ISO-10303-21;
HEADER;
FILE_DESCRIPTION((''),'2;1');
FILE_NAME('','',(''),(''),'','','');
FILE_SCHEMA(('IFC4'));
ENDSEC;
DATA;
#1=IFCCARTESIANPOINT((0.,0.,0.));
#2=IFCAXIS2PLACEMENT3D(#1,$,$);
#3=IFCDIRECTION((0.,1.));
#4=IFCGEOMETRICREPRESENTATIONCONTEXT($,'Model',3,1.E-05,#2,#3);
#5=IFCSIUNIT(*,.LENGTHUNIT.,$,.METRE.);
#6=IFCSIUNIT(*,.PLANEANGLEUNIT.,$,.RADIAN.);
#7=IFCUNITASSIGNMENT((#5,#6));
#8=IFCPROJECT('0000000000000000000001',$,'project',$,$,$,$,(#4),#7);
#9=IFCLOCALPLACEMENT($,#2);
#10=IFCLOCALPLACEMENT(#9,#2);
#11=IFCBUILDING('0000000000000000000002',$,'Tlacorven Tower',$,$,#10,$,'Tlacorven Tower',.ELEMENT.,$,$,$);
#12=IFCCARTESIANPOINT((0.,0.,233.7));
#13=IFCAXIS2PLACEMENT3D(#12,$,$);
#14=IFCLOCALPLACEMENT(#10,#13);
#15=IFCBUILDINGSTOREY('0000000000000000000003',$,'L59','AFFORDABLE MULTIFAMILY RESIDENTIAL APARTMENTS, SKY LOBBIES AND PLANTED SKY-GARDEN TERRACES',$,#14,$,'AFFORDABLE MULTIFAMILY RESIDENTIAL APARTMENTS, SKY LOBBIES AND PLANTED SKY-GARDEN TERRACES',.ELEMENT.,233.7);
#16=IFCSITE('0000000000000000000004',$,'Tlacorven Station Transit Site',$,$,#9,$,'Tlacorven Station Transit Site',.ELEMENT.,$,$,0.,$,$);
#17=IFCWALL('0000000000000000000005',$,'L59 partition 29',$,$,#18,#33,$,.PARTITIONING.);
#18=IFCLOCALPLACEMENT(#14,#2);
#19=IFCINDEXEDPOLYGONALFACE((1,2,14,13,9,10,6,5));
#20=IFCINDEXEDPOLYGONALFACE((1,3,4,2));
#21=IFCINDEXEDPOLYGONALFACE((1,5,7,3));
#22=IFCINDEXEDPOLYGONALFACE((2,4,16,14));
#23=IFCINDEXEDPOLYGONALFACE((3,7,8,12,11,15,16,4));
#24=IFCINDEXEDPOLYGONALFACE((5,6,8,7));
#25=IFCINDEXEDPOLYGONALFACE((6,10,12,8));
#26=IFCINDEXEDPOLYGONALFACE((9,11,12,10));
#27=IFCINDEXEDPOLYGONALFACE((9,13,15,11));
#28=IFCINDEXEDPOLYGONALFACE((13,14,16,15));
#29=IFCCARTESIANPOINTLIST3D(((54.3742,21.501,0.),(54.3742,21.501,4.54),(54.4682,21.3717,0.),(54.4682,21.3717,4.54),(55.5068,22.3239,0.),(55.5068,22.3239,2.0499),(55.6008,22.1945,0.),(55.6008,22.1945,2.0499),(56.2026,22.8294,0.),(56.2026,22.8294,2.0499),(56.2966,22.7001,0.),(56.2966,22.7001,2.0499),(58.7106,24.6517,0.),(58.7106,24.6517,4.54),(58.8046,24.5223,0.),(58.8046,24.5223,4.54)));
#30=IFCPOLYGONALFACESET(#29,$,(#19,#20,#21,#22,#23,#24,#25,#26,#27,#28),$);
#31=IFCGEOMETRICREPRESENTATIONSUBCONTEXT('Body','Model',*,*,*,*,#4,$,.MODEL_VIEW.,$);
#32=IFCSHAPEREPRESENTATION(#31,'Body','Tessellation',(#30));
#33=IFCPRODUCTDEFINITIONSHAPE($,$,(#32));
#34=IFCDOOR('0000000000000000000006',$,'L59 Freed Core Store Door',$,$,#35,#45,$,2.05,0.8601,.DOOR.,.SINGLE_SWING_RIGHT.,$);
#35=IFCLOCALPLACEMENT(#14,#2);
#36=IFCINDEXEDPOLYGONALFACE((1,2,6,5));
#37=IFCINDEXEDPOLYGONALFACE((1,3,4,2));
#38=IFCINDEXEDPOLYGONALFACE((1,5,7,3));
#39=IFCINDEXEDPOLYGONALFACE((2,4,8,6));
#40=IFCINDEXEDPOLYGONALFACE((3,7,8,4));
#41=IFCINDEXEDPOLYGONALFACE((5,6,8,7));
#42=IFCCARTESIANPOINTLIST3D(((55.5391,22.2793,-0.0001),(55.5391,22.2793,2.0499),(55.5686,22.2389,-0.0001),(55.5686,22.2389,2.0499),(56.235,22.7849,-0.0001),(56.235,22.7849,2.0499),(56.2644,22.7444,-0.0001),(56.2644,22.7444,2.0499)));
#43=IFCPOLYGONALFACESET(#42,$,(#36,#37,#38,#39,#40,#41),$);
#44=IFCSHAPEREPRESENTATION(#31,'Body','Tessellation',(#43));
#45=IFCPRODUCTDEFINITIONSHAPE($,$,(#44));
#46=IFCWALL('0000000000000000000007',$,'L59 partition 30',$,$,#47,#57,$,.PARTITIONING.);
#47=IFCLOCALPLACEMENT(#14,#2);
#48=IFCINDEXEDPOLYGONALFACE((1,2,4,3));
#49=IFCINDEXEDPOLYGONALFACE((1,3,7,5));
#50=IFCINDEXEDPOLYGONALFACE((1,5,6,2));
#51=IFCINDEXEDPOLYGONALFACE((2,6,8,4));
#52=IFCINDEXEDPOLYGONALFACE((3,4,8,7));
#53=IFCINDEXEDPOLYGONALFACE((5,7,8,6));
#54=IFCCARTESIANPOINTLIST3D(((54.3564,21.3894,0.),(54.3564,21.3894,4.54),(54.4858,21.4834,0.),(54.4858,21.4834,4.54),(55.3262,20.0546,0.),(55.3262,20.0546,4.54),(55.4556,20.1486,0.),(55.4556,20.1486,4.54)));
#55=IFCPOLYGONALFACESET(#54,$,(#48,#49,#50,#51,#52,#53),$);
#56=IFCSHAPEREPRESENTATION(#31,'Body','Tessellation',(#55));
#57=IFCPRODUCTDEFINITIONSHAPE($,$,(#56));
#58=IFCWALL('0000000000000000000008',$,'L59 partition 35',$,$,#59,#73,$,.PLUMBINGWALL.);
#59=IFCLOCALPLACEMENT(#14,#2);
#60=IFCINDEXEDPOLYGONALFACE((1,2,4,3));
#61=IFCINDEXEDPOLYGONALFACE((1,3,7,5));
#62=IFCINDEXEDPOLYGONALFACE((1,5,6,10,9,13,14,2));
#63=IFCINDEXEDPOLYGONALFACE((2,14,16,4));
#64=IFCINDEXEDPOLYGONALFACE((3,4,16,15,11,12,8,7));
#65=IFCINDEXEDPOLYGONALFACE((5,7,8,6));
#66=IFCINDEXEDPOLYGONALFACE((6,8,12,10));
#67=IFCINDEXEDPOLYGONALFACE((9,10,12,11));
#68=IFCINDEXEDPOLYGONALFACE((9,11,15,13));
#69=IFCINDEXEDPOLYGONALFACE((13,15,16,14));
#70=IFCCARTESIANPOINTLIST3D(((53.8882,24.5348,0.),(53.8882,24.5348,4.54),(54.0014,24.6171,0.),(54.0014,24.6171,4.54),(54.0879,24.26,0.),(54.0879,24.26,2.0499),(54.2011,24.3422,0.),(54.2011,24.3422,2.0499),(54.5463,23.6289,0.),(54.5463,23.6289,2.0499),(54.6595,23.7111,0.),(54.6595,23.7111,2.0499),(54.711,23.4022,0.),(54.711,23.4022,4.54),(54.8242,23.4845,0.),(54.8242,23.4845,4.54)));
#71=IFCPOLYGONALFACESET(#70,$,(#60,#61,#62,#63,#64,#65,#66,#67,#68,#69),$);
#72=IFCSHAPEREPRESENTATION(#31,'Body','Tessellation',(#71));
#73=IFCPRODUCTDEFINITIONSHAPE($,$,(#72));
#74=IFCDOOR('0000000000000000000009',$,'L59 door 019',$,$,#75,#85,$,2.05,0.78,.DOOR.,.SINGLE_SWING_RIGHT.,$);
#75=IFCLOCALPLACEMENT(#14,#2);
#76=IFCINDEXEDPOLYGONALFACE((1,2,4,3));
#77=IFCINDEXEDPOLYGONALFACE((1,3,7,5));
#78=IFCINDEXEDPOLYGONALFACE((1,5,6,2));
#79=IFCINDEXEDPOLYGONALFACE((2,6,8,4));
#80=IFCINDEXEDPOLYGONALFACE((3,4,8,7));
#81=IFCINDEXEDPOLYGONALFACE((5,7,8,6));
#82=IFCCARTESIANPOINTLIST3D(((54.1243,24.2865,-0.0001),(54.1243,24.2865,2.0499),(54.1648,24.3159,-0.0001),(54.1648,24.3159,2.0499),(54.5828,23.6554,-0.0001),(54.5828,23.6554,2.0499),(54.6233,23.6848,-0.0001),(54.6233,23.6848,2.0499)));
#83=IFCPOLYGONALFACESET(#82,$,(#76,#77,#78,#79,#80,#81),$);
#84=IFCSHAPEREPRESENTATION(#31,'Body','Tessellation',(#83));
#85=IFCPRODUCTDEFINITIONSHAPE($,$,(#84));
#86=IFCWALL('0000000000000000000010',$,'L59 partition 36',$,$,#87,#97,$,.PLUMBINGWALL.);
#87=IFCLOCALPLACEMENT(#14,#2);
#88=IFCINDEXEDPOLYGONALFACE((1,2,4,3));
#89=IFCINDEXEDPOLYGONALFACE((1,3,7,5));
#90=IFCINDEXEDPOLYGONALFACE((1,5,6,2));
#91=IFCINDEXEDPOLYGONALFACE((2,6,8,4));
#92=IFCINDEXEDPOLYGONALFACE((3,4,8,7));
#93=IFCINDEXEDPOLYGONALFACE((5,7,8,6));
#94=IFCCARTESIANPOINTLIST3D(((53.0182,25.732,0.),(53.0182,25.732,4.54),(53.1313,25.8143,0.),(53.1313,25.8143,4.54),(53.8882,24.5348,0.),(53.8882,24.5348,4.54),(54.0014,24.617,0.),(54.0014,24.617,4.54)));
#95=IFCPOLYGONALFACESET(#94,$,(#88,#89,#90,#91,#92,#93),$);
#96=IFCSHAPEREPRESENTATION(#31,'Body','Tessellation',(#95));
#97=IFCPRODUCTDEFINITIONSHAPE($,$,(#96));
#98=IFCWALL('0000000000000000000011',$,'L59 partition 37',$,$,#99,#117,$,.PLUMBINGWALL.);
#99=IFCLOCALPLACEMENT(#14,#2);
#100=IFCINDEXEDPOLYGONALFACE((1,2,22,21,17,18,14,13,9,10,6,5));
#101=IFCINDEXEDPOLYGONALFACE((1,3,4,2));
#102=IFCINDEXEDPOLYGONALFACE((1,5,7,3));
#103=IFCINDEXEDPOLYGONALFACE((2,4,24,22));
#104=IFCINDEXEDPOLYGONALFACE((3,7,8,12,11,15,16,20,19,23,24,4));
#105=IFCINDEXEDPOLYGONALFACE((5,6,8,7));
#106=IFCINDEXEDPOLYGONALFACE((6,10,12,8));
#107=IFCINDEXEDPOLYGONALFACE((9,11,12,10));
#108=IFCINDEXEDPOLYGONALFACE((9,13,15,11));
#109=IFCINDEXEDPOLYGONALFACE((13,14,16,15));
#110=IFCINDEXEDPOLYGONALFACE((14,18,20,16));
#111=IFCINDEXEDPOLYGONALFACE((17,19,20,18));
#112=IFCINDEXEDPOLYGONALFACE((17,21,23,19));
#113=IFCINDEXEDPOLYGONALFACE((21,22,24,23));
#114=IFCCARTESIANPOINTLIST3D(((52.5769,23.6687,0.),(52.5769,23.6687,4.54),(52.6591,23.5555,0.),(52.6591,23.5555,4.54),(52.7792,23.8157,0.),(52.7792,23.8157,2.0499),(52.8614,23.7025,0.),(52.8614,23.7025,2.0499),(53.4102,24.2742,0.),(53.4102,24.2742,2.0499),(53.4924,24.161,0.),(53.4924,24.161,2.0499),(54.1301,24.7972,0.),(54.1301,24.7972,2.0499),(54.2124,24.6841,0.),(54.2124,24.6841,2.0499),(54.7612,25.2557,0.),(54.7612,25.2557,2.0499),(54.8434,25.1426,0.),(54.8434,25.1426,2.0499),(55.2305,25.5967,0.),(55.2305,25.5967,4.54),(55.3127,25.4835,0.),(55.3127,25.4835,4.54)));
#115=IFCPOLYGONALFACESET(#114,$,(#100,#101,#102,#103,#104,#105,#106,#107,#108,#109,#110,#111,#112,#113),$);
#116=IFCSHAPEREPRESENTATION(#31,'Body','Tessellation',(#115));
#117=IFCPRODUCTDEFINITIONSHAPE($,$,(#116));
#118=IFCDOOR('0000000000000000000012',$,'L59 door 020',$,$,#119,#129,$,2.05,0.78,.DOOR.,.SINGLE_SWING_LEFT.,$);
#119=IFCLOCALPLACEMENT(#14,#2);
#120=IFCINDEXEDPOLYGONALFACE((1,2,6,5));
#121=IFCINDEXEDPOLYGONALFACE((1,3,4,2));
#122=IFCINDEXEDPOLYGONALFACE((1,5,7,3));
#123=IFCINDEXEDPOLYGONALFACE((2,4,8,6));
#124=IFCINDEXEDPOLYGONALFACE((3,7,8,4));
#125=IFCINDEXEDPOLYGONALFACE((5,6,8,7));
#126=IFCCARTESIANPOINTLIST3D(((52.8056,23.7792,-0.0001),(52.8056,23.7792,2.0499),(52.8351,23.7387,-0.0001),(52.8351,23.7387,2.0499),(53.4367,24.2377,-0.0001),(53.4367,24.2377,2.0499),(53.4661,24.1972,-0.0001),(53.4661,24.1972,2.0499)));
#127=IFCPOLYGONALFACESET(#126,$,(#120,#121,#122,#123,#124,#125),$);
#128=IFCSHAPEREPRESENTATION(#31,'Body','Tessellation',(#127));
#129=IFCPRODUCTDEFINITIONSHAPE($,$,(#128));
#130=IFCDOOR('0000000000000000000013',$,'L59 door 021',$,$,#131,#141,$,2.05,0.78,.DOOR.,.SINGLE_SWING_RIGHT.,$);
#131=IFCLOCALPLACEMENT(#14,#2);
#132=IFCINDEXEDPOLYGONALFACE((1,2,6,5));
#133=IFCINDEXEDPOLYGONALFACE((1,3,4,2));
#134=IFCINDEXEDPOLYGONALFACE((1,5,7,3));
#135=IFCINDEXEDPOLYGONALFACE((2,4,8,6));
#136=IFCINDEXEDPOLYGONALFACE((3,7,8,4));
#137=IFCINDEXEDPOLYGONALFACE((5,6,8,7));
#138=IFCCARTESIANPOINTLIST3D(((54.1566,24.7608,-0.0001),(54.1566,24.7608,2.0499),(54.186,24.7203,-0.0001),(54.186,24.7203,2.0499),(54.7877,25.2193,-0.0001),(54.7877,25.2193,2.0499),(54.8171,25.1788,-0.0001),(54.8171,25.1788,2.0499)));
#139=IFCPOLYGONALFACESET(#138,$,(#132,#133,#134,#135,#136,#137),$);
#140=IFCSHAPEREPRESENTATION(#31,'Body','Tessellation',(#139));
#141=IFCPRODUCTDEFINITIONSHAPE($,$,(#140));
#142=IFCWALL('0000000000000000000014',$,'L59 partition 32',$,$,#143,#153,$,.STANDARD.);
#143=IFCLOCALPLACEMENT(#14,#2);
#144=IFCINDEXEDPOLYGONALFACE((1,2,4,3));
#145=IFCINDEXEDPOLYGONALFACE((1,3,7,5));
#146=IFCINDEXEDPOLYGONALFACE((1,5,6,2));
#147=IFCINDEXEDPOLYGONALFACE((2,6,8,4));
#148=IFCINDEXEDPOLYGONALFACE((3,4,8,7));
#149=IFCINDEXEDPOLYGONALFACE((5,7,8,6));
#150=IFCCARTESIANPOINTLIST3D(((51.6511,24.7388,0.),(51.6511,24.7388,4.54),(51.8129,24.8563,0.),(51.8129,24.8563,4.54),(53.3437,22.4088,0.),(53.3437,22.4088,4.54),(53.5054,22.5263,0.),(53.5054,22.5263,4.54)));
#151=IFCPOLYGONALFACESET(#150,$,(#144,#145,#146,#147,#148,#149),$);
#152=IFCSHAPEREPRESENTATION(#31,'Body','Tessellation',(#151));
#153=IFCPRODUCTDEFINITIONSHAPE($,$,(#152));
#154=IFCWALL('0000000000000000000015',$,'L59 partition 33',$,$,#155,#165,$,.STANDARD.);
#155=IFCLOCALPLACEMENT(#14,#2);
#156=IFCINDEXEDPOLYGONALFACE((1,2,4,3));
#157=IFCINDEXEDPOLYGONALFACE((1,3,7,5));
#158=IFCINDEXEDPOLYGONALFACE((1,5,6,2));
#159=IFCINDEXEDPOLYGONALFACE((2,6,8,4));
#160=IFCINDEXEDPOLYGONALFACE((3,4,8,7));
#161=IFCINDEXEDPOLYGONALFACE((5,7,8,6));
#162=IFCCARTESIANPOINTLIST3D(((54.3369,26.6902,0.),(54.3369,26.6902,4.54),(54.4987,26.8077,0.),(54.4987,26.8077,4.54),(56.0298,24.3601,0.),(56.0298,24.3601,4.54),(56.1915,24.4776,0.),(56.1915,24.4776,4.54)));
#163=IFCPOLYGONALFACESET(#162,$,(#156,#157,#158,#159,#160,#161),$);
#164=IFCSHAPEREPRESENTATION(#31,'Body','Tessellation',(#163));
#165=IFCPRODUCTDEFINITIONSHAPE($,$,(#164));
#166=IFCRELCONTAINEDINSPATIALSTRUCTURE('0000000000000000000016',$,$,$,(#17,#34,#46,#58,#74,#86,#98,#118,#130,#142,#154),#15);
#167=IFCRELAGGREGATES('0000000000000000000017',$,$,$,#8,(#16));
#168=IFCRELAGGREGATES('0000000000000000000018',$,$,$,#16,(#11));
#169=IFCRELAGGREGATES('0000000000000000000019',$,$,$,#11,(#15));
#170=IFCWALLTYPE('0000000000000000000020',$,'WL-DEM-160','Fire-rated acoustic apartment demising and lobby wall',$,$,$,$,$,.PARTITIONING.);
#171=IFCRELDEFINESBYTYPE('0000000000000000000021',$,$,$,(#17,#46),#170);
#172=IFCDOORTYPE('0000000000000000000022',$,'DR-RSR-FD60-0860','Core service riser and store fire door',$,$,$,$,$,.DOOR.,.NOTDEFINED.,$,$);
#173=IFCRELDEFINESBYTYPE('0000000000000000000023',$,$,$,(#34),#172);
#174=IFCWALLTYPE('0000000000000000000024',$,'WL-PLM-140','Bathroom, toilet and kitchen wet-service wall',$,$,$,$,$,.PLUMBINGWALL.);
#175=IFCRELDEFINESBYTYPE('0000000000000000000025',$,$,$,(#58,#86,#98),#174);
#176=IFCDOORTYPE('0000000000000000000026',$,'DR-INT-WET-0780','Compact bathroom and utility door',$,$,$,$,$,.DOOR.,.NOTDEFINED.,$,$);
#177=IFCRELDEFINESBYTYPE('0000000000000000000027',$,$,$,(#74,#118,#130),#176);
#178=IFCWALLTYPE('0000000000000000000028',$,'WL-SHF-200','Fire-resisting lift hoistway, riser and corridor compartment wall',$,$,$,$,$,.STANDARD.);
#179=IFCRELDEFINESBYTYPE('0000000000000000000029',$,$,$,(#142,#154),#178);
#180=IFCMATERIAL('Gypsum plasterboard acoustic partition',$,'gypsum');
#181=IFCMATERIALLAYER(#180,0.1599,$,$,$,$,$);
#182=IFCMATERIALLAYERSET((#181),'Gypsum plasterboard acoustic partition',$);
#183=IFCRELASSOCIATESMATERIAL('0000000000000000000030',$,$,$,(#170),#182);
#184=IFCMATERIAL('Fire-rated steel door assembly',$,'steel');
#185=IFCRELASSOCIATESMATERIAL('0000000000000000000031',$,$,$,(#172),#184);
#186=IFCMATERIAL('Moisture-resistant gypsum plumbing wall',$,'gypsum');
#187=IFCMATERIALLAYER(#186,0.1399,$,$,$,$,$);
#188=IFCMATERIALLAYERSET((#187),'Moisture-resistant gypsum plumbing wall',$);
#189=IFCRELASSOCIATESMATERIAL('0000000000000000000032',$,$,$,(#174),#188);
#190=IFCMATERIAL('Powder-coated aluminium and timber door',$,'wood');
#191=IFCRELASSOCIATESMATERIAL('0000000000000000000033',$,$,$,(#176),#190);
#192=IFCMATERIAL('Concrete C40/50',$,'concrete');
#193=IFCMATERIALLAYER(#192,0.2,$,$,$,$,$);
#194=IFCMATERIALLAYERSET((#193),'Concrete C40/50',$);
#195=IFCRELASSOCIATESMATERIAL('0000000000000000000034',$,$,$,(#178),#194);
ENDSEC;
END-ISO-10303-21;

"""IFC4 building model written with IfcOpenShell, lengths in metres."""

from ifc_helpers import new_model, si_unit, direction, frame, frame_2d, origin, place, context, subcontext, project, spatial, rectangle, extrude, source, transform, mapped, material, layer, layer_set, type_object, element, fill, save


model = new_model("IFC4")

# Units and contexts
model_context = context("Model", 3, precision=1e-05, world=origin(), true_north=direction((0.0, 1.0)))
body_context = subcontext(model_context, "Body", "Model", "MODEL_VIEW")
ifc_project = project(units=[si_unit("LENGTHUNIT", "METRE"), si_unit("PLANEANGLEUNIT", "RADIAN")], contexts=[model_context])

# Site, building, storey
site_placement = place(None, origin())
site = spatial("IfcSite", under=ifc_project, at=site_placement, Name="Tlacorven Station Transit Site", LongName="Tlacorven Station Transit Site", CompositionType="ELEMENT", RefElevation=0.0)
building_placement = place(site_placement, origin())
building = spatial("IfcBuilding", under=site, at=building_placement, Name="Tlacorven Tower", LongName="Tlacorven Tower", CompositionType="ELEMENT")
storey_placement = place(building_placement, frame((0.0, 0.0, 233.7)))
storey = spatial("IfcBuildingStorey", under=building, at=storey_placement, Name="L59", Description="AFFORDABLE MULTIFAMILY RESIDENTIAL APARTMENTS, SKY LOBBIES AND PLANTED SKY-GARDEN TERRACES", LongName="AFFORDABLE MULTIFAMILY RESIDENTIAL APARTMENTS, SKY LOBBIES AND PLANTED SKY-GARDEN TERRACES", CompositionType="ELEMENT", Elevation=233.7)

# Wall, opening, door
ifc_material_1 = material(Name="Gypsum plasterboard acoustic partition", Category="gypsum")
ifc_layer_1 = layer(ifc_material_1, 0.1599)
ifc_layer_set_1 = layer_set([ifc_layer_1], Name="Gypsum plasterboard acoustic partition")
wall_type_1 = type_object("IfcWallType", Name="WL-DEM-160", Description="Fire-rated acoustic apartment demising and lobby wall", PredefinedType="PARTITIONING", material=ifc_layer_set_1)
wall_1_placement = place(storey_placement, frame((54.4211, 21.4363, 0.0), z_axis=(0.0, 0.0, 1.0), x_axis=(0.809014, 0.58779, 0.0)))
wall_1 = element("IfcWall", 1, at=wall_1_placement, inside=storey, type_object=wall_type_1, Name="L59 partition 29", PredefinedType="PARTITIONING", context=body_context, shape_type="SweptSolid", body=[
    extrude(rectangle(XDim=5.3601, YDim=0.1599, at=frame_2d((2.6802, 0.0))), origin(), (0.0, 0.0, 1.0), 4.54),
])
opening_1_placement = place(wall_1_placement, frame((1.3999, 0.0, 0.0)))
opening_1 = element("IfcOpeningElement", 2, at=opening_1_placement, cuts=wall_1, PredefinedType="OPENING", context=body_context, shape_type="SweptSolid", body=[
    extrude(rectangle(XDim=0.8601, YDim=2.05, at=frame_2d((0.4302, 1.0249))), frame((0.0, 0.0898, 0.0), z_axis=(0.0, -1.0, 0.0), x_axis=(1.0, 0.0, 0.0)), (0.0, 0.0, 1.0), 0.1799),
])
ifc_material_2 = material(Name="Fire-rated steel door assembly", Category="steel")
door_type_1 = type_object("IfcDoorType", Name="DR-RSR-FD60-0860", Description="Core service riser and store fire door", OperationType="NOTDEFINED", PredefinedType="DOOR", material=ifc_material_2)
shared_shape_1 = source(origin(), body_context, "Body", "SweptSolid", [
    extrude(rectangle(XDim=0.8601, YDim=2.05, at=frame_2d((0.4302, 1.0249))), frame((0.0, 0.0249, 0.0), z_axis=(0.0, -1.0, 0.0), x_axis=(1.0, 0.0, 0.0)), (0.0, 0.0, 1.0), 0.05),
])
door_1_placement = place(opening_1_placement, origin())
door_1 = element("IfcDoor", 3, at=door_1_placement, inside=storey, type_object=door_type_1, Name="L59 Freed Core Store Door", OperationType="SINGLE_SWING_RIGHT", OverallHeight=2.05, OverallWidth=0.8601, PredefinedType="DOOR", context=body_context, shape_type="MappedRepresentation", body=[
    mapped(shared_shape_1, transform((0.0, 0.0, 0.0), scale=1.0)),
])
fill(opening_1, door_1)

# Wall
wall_2_placement = place(storey_placement, frame((55.3909, 20.1016, 0.0), z_axis=(0.0, 0.0, 1.0), x_axis=(-0.587784, 0.809018, 0.0)))
element("IfcWall", 4, at=wall_2_placement, inside=storey, type_object=wall_type_1, Name="L59 partition 30", PredefinedType="PARTITIONING", context=body_context, shape_type="SweptSolid", body=[
    extrude(rectangle(XDim=1.6499, YDim=0.1599, at=frame_2d((0.825, 0.0))), origin(), (0.0, 0.0, 1.0), 4.54),
])

# Wall, opening, door
ifc_material_3 = material(Name="Moisture-resistant gypsum plumbing wall", Category="gypsum")
ifc_layer_2 = layer(ifc_material_3, 0.1399)
ifc_layer_set_2 = layer_set([ifc_layer_2], Name="Moisture-resistant gypsum plumbing wall")
wall_type_2 = type_object("IfcWallType", Name="WL-PLM-140", Description="Bathroom, toilet and kitchen wet-service wall", PredefinedType="PLUMBINGWALL", material=ifc_layer_set_2)
wall_3_placement = place(storey_placement, frame((54.7676, 23.4434, 0.0), z_axis=(0.0, 0.0, 1.0), x_axis=(-0.587736, 0.809053, 0.0)))
wall_3 = element("IfcWall", 5, at=wall_3_placement, inside=storey, type_object=wall_type_2, Name="L59 partition 35", PredefinedType="PLUMBINGWALL", context=body_context, shape_type="SweptSolid", body=[
    extrude(rectangle(XDim=1.3999, YDim=0.1399, at=frame_2d((0.7, 0.0))), origin(), (0.0, 0.0, 1.0), 4.54),
])
opening_2_placement = place(wall_3_placement, frame((0.28, 0.0, 0.0)))
opening_2 = element("IfcOpeningElement", 6, at=opening_2_placement, cuts=wall_3, PredefinedType="OPENING", context=body_context, shape_type="SweptSolid", body=[
    extrude(rectangle(XDim=0.78, YDim=2.05, at=frame_2d((0.3901, 1.0249))), frame((0.0, 0.0801, 0.0), z_axis=(0.0, -1.0, 0.0), x_axis=(1.0, 0.0, 0.0)), (0.0, 0.0, 1.0), 0.1599),
])
ifc_material_4 = material(Name="Powder-coated aluminium and timber door", Category="wood")
door_type_2 = type_object("IfcDoorType", Name="DR-INT-WET-0780", Description="Compact bathroom and utility door", OperationType="NOTDEFINED", PredefinedType="DOOR", material=ifc_material_4)
shared_shape_2 = source(origin(), body_context, "Body", "SweptSolid", [
    extrude(rectangle(XDim=0.78, YDim=2.05, at=frame_2d((0.3901, 1.0249))), frame((0.0, 0.0249, 0.0), z_axis=(0.0, -1.0, 0.0), x_axis=(1.0, 0.0, 0.0)), (0.0, 0.0, 1.0), 0.05),
])
door_2_placement = place(opening_2_placement, origin())
door_2 = element("IfcDoor", 7, at=door_2_placement, inside=storey, type_object=door_type_2, Name="L59 door 019", OperationType="SINGLE_SWING_RIGHT", OverallHeight=2.05, OverallWidth=0.78, PredefinedType="DOOR", context=body_context, shape_type="MappedRepresentation", body=[
    mapped(shared_shape_2, transform((0.0, 0.0, 0.0), scale=1.0)),
])
fill(opening_2, door_2)

# Wall
wall_4_placement = place(storey_placement, frame((53.9448, 24.5759, 0.0), z_axis=(0.0, 0.0, 1.0), x_axis=(-0.587897, 0.808936, 0.0)))
element("IfcWall", 8, at=wall_4_placement, inside=storey, type_object=wall_type_2, Name="L59 partition 36", PredefinedType="PLUMBINGWALL", context=body_context, shape_type="SweptSolid", body=[
    extrude(rectangle(XDim=1.48, YDim=0.1399, at=frame_2d((0.74, 0.0))), origin(), (0.0, 0.0, 1.0), 4.54),
])

# Wall, openings, doors
wall_5_placement = place(storey_placement, frame((52.6179, 23.6121, 0.0), z_axis=(0.0, 0.0, 1.0), x_axis=(0.80901, 0.587795, 0.0)))
wall_5 = element("IfcWall", 9, at=wall_5_placement, inside=storey, type_object=wall_type_2, Name="L59 partition 37", PredefinedType="PLUMBINGWALL", context=body_context, shape_type="SweptSolid", body=[
    extrude(rectangle(XDim=3.28, YDim=0.1399, at=frame_2d((1.6401, 0.0))), origin(), (0.0, 0.0, 1.0), 4.54),
])
opening_3_placement = place(wall_5_placement, frame((0.25, 0.0, 0.0)))
opening_3 = element("IfcOpeningElement", 10, at=opening_3_placement, cuts=wall_5, PredefinedType="OPENING", context=body_context, shape_type="SweptSolid", body=[
    extrude(rectangle(XDim=0.78, YDim=2.05, at=frame_2d((0.3901, 1.0249))), frame((0.0, 0.0801, 0.0), z_axis=(0.0, -1.0, 0.0), x_axis=(1.0, 0.0, 0.0)), (0.0, 0.0, 1.0), 0.1599),
])
opening_4_placement = place(wall_5_placement, frame((1.9199, 0.0, 0.0)))
opening_4 = element("IfcOpeningElement", 11, at=opening_4_placement, cuts=wall_5, PredefinedType="OPENING", context=body_context, shape_type="SweptSolid", body=[
    extrude(rectangle(XDim=0.78, YDim=2.05, at=frame_2d((0.3901, 1.0249))), frame((0.0, 0.0801, 0.0), z_axis=(0.0, -1.0, 0.0), x_axis=(1.0, 0.0, 0.0)), (0.0, 0.0, 1.0), 0.1599),
])
door_3_placement = place(opening_3_placement, origin())
door_3 = element("IfcDoor", 12, at=door_3_placement, inside=storey, type_object=door_type_2, Name="L59 door 020", OperationType="SINGLE_SWING_LEFT", OverallHeight=2.05, OverallWidth=0.78, PredefinedType="DOOR", context=body_context, shape_type="MappedRepresentation", body=[
    mapped(shared_shape_2, transform((0.0, 0.0, 0.0), scale=1.0)),
])
fill(opening_3, door_3)
door_4_placement = place(opening_4_placement, origin())
door_4 = element("IfcDoor", 13, at=door_4_placement, inside=storey, type_object=door_type_2, Name="L59 door 021", OperationType="SINGLE_SWING_RIGHT", OverallHeight=2.05, OverallWidth=0.78, PredefinedType="DOOR", context=body_context, shape_type="MappedRepresentation", body=[
    mapped(shared_shape_2, transform((0.0, 0.0, 0.0), scale=1.0)),
])
fill(opening_4, door_4)

# Walls
ifc_material_5 = material(Name="Concrete C40/50", Category="concrete")
ifc_layer_3 = layer(ifc_material_5, 0.2)
ifc_layer_set_3 = layer_set([ifc_layer_3], Name="Concrete C40/50")
wall_type_3 = type_object("IfcWallType", Name="WL-SHF-200", Description="Fire-resisting lift hoistway, riser and corridor compartment wall", PredefinedType="STANDARD", material=ifc_layer_set_3)
wall_6_placement = place(storey_placement, frame((53.4246, 22.4675, 0.0), z_axis=(0.0, 0.0, 1.0), x_axis=(-0.587723, 0.809062, 0.0)))
element("IfcWall", 14, at=wall_6_placement, inside=storey, type_object=wall_type_3, Name="L59 partition 32", PredefinedType="STANDARD", context=body_context, shape_type="SweptSolid", body=[
    extrude(rectangle(XDim=2.8799, YDim=0.2, at=frame_2d((1.4399, 0.0))), origin(), (0.0, 0.0, 1.0), 4.54),
])
wall_7_placement = place(storey_placement, frame((56.1106, 24.4189, 0.0), z_axis=(0.0, 0.0, 1.0), x_axis=(-0.587778, 0.809022, 0.0)))
element("IfcWall", 15, at=wall_7_placement, inside=storey, type_object=wall_type_3, Name="L59 partition 33", PredefinedType="STANDARD", context=body_context, shape_type="SweptSolid", body=[
    extrude(rectangle(XDim=2.8801, YDim=0.2, at=frame_2d((1.4399, 0.0))), origin(), (0.0, 0.0, 1.0), 4.54),
])

save(model, "model.ifc")
